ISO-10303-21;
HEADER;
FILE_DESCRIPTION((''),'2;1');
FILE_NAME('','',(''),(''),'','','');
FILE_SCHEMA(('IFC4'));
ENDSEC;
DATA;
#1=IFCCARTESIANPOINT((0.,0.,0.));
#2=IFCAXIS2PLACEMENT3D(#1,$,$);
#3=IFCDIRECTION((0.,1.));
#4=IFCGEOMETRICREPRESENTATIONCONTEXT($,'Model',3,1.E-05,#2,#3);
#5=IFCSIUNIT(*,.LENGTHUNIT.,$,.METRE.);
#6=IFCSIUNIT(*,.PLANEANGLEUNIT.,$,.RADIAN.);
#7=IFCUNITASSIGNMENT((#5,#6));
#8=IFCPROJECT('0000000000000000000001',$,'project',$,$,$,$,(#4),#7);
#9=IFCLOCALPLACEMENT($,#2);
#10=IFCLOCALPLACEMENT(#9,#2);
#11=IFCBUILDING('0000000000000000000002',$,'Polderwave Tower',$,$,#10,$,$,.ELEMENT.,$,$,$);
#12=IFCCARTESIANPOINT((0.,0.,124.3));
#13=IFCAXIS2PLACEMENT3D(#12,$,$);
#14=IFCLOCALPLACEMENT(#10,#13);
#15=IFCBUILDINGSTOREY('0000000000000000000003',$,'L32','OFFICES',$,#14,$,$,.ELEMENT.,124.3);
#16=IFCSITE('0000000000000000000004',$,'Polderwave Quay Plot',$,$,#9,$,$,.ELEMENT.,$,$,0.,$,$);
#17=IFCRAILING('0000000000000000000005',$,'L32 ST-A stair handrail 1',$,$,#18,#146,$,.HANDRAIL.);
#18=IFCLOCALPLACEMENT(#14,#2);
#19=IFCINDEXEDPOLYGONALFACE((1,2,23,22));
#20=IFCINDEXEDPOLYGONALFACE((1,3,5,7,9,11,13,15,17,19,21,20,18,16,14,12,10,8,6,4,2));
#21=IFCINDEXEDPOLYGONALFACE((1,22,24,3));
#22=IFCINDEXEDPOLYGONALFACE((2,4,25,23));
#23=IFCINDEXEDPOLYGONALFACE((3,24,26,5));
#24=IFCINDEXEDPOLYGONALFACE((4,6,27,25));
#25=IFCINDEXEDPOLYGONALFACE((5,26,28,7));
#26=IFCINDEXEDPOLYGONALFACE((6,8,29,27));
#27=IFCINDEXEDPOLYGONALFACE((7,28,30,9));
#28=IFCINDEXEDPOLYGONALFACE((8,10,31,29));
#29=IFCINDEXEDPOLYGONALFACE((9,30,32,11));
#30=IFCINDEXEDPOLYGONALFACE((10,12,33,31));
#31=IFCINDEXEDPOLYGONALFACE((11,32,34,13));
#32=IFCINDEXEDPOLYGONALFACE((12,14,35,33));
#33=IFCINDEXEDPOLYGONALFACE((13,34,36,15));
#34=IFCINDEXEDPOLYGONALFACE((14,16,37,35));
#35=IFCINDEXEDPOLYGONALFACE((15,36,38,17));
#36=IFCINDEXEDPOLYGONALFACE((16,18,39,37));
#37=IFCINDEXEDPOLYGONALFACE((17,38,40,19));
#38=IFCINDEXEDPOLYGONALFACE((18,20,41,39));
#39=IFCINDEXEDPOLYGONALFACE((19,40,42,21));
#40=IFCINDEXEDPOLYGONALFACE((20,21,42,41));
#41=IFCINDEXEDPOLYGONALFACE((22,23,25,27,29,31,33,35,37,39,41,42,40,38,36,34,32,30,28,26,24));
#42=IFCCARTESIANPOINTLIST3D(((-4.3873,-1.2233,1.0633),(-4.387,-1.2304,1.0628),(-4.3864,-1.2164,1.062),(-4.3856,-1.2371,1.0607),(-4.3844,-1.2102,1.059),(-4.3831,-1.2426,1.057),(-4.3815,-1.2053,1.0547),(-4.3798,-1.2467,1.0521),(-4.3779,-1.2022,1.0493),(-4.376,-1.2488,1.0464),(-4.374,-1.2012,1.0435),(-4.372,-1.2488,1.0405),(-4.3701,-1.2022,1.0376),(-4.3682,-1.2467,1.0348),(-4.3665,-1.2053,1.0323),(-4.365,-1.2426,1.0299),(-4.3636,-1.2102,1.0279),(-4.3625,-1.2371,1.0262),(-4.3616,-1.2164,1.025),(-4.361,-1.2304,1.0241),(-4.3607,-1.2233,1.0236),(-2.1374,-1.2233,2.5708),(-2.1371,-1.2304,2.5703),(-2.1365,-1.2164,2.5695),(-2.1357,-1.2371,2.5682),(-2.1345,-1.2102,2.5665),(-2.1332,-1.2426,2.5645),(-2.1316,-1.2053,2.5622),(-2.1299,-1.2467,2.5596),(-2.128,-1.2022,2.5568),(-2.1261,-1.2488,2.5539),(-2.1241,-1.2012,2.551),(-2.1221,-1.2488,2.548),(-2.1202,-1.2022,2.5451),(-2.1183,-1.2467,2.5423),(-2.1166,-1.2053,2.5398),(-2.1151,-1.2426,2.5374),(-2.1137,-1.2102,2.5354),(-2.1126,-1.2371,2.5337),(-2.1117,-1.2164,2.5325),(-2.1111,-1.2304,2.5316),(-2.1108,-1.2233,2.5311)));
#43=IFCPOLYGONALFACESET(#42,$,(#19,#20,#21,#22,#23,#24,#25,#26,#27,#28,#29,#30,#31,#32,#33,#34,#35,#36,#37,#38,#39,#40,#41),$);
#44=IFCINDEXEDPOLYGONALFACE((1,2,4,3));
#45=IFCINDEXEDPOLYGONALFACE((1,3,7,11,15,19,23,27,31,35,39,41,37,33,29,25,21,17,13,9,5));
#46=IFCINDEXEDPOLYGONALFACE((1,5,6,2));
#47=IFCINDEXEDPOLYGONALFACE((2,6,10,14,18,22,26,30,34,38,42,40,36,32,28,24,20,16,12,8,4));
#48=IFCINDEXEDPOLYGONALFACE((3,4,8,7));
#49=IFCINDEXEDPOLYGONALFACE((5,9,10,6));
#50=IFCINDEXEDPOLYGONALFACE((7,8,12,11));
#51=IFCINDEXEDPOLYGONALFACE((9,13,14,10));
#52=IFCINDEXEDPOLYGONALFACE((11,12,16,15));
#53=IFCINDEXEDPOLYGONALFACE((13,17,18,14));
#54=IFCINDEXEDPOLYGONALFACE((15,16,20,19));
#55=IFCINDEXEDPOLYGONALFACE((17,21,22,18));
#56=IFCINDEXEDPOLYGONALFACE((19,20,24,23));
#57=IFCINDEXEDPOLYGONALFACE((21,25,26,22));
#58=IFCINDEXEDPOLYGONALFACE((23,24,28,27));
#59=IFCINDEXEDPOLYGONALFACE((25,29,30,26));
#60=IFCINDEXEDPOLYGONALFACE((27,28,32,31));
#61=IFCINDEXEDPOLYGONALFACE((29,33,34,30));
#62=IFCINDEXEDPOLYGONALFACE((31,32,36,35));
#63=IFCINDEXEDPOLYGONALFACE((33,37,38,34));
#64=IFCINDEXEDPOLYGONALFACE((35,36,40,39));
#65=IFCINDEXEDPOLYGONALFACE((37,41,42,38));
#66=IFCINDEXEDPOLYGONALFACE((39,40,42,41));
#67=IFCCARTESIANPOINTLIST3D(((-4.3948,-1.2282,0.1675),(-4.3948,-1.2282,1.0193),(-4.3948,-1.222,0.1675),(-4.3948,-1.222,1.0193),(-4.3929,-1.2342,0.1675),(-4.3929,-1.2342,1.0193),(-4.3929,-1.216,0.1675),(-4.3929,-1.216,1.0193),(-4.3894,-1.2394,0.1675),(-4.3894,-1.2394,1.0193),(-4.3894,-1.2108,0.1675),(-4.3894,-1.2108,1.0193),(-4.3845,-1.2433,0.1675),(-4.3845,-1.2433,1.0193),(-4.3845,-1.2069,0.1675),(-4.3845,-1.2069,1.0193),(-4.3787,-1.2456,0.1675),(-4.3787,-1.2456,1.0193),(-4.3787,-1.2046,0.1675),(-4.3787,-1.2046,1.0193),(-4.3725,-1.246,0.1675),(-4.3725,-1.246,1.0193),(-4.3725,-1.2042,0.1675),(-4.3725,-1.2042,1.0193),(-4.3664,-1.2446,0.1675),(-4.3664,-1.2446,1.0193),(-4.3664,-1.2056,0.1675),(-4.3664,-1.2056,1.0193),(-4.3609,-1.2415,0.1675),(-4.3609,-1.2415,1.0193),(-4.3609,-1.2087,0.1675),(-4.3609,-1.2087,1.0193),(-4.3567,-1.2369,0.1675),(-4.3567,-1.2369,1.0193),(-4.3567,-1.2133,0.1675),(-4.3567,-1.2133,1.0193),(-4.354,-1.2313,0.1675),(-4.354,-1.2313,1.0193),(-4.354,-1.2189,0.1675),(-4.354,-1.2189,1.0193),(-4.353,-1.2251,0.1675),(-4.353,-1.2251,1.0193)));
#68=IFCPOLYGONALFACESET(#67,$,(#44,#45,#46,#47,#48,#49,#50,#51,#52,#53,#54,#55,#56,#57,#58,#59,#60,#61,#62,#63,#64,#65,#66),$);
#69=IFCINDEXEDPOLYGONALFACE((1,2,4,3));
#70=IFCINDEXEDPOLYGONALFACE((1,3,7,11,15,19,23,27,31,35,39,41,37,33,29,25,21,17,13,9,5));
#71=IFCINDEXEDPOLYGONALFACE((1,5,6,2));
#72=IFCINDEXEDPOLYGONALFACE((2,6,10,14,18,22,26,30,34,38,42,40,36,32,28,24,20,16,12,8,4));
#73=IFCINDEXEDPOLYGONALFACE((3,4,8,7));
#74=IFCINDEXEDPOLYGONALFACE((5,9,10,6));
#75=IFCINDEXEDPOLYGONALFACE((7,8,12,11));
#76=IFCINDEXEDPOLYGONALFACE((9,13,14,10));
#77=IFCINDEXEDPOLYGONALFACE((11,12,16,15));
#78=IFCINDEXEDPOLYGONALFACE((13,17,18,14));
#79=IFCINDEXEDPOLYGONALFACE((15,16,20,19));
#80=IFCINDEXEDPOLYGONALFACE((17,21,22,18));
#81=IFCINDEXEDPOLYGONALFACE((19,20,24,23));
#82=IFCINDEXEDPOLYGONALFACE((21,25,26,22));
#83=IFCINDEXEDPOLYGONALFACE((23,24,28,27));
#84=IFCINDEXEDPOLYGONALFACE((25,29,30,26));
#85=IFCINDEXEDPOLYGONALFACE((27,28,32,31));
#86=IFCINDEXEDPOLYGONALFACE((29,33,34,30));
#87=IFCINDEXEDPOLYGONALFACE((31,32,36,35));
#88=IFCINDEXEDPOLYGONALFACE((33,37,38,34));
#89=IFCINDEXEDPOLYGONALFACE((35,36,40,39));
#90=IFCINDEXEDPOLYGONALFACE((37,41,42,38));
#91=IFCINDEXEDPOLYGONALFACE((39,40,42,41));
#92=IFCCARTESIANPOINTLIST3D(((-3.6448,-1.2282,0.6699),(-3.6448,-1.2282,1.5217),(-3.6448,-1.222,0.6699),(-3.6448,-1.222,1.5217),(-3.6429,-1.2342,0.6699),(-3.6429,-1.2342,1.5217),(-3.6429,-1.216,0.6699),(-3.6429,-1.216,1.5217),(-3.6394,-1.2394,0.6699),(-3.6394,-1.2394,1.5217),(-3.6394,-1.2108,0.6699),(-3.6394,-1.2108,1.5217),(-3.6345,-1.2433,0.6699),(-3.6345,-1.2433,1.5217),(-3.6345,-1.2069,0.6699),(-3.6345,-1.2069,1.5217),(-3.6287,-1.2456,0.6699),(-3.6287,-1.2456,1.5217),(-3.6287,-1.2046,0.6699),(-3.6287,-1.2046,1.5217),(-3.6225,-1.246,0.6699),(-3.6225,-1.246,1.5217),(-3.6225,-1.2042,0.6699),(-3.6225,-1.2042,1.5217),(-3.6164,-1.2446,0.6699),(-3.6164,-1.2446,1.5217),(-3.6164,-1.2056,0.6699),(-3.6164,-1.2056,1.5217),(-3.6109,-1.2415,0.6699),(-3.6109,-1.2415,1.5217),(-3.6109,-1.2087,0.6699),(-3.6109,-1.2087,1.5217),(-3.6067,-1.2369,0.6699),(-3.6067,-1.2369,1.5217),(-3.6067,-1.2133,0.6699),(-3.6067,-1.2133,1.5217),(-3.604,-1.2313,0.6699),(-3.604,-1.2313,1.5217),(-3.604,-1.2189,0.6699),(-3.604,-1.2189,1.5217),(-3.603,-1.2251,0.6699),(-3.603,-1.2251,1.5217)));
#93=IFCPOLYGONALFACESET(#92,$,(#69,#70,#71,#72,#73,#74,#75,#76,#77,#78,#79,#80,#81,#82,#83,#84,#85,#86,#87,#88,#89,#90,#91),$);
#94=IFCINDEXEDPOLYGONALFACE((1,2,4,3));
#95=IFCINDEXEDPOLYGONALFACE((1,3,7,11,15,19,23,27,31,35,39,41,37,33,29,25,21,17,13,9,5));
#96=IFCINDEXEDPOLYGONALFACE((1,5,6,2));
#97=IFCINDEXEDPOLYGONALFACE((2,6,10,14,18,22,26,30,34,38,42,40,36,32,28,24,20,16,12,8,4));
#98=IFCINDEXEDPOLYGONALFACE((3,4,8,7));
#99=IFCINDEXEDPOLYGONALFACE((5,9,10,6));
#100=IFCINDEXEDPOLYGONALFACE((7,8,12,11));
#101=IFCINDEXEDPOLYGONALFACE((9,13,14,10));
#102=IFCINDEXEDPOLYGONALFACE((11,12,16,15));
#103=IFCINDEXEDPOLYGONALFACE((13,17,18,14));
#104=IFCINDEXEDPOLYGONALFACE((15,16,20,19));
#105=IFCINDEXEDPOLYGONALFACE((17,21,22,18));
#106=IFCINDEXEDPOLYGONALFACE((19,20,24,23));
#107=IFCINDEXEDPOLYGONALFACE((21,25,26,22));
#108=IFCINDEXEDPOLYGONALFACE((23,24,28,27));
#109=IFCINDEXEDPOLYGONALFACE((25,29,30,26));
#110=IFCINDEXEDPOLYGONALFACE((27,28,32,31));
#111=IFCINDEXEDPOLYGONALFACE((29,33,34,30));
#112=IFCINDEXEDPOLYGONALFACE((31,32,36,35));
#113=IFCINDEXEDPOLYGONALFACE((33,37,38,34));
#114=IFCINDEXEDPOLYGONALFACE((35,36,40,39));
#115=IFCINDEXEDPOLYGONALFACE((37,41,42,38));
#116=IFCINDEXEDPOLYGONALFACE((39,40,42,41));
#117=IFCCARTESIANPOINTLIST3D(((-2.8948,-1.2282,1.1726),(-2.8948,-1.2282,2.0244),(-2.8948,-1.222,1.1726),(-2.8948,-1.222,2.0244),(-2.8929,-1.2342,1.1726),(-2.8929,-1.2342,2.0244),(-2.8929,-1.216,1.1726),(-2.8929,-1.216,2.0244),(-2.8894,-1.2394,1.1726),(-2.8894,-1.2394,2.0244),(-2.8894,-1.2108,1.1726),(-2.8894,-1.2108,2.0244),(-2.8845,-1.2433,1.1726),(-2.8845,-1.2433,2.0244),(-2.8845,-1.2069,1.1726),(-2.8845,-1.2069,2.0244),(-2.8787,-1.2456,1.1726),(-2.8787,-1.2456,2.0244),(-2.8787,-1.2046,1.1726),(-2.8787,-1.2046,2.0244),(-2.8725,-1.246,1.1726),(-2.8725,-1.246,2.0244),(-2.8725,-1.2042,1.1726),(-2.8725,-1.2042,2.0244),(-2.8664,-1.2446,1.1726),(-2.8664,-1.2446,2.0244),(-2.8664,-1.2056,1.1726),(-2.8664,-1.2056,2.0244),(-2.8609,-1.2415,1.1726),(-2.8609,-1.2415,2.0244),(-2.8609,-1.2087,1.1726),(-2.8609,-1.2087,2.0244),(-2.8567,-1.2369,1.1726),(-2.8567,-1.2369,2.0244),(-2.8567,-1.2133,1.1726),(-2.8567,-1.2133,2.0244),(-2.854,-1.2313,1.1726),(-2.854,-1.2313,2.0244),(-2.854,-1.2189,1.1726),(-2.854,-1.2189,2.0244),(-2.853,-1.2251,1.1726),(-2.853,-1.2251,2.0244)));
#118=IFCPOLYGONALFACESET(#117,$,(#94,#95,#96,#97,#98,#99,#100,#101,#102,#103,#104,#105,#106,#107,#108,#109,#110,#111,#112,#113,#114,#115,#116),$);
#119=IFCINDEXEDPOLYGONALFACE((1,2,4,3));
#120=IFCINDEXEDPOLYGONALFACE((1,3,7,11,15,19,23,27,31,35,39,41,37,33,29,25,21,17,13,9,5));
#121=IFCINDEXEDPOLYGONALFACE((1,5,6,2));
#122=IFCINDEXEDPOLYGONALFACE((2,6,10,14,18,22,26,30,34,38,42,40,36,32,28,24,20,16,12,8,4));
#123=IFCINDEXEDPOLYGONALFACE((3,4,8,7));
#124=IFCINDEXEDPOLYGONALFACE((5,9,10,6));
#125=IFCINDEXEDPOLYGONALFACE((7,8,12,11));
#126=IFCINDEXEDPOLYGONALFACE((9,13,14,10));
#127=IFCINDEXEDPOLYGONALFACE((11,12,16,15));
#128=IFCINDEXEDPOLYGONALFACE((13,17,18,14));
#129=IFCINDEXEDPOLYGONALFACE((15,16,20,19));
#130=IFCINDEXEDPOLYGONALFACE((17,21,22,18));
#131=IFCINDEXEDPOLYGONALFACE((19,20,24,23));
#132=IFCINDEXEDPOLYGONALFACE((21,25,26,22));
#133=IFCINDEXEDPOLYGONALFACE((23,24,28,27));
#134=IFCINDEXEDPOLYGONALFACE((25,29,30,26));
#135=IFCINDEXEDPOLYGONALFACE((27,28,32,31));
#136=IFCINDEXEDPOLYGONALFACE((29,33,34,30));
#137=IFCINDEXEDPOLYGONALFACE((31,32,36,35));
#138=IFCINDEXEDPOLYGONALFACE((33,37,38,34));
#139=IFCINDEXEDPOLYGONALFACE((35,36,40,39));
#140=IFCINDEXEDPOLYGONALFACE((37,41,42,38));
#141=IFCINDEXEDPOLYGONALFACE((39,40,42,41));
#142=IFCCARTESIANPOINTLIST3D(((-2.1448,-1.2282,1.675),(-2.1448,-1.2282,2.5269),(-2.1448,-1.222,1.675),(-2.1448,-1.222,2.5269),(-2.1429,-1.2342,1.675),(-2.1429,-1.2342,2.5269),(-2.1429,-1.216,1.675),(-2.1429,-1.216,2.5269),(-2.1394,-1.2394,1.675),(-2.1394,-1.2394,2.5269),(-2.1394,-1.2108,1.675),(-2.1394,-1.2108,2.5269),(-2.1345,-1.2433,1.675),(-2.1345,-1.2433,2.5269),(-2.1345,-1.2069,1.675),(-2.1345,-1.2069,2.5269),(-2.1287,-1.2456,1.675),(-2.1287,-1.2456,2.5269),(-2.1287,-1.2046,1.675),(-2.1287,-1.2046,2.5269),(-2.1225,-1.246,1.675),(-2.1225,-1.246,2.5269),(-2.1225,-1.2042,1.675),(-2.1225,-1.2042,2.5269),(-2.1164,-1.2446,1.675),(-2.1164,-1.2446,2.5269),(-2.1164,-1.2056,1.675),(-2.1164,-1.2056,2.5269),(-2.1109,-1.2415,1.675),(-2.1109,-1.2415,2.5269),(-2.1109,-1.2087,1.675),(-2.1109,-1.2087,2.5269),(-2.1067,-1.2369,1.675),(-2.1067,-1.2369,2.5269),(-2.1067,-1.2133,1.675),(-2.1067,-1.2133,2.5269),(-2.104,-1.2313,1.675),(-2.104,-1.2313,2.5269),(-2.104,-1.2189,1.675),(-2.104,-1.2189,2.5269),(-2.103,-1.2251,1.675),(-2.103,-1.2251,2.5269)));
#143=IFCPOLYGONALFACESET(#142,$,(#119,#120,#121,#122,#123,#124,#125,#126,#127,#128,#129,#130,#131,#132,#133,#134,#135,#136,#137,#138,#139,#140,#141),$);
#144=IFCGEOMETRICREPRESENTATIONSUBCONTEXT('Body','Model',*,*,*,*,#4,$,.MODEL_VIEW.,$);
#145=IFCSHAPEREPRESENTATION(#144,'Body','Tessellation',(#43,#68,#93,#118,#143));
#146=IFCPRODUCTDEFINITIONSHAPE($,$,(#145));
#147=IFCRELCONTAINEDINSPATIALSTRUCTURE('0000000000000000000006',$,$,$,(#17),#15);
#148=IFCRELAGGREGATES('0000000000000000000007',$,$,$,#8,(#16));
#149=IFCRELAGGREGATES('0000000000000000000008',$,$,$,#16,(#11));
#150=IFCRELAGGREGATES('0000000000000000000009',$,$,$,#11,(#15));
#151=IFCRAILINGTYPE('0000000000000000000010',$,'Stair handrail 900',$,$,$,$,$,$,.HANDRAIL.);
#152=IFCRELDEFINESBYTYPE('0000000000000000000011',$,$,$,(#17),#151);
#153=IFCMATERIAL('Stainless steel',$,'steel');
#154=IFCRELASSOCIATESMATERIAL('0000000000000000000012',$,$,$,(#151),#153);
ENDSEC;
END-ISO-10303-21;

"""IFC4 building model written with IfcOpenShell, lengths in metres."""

from ifc_helpers import new_model, si_unit, direction, frame, origin, origin_2d, place, context, subcontext, project, spatial, circle, extrude, material, type_object, element, save


model = new_model("IFC4")

# Units and contexts
model_context = context("Model", 3, precision=1e-05, world=origin(), true_north=direction((0.0, 1.0)))
body_context = subcontext(model_context, "Body", "Model", "MODEL_VIEW")
ifc_project = project(units=[si_unit("LENGTHUNIT", "METRE"), si_unit("PLANEANGLEUNIT", "RADIAN")], contexts=[model_context])

# Site, building, storey
site_placement = place(None, origin())
site = spatial("IfcSite", under=ifc_project, at=site_placement, Name="Polderwave Quay Plot", CompositionType="ELEMENT", RefElevation=0.0)
building_placement = place(site_placement, origin())
building = spatial("IfcBuilding", under=site, at=building_placement, Name="Polderwave Tower", CompositionType="ELEMENT")
storey_placement = place(building_placement, frame((0.0, 0.0, 124.3)))
storey = spatial("IfcBuildingStorey", under=building, at=storey_placement, Name="L32", Description="OFFICES", CompositionType="ELEMENT", Elevation=124.3)

# Railing
ifc_material_1 = material(Name="Stainless steel", Category="steel")
railing_type_1 = type_object("IfcRailingType", Name="Stair handrail 900", PredefinedType="HANDRAIL", material=ifc_material_1)
railing_1_placement = place(storey_placement, frame((-4.374, -1.2251, 0.1675)))
element("IfcRailing", 1, at=railing_1_placement, inside=storey, type_object=railing_type_1, Name="L32 ST-A stair handrail 1", PredefinedType="HANDRAIL", context=body_context, shape_type="SweptSolid", body=[
    extrude(circle(Radius=0.0239, at=origin_2d()), frame((0.0, 0.0, 0.876), z_axis=(0.830758, 0.0, 0.556633), x_axis=(0.0, 1.0, 0.0)), (0.0, 0.0, 1.0), 2.7083),
    extrude(circle(Radius=0.021, at=origin_2d()), origin(), (0.0, 0.0, 1.0), 0.8518),
    extrude(circle(Radius=0.021, at=origin_2d()), frame((0.75, 0.0, 0.5024)), (0.0, 0.0, 1.0), 0.8518),
    extrude(circle(Radius=0.021, at=origin_2d()), frame((1.5, 0.0, 1.0051)), (0.0, 0.0, 1.0), 0.8518),
    extrude(circle(Radius=0.021, at=origin_2d()), frame((2.25, 0.0, 1.5076)), (0.0, 0.0, 1.0), 0.8518),
])

save(model, "model.ifc")
